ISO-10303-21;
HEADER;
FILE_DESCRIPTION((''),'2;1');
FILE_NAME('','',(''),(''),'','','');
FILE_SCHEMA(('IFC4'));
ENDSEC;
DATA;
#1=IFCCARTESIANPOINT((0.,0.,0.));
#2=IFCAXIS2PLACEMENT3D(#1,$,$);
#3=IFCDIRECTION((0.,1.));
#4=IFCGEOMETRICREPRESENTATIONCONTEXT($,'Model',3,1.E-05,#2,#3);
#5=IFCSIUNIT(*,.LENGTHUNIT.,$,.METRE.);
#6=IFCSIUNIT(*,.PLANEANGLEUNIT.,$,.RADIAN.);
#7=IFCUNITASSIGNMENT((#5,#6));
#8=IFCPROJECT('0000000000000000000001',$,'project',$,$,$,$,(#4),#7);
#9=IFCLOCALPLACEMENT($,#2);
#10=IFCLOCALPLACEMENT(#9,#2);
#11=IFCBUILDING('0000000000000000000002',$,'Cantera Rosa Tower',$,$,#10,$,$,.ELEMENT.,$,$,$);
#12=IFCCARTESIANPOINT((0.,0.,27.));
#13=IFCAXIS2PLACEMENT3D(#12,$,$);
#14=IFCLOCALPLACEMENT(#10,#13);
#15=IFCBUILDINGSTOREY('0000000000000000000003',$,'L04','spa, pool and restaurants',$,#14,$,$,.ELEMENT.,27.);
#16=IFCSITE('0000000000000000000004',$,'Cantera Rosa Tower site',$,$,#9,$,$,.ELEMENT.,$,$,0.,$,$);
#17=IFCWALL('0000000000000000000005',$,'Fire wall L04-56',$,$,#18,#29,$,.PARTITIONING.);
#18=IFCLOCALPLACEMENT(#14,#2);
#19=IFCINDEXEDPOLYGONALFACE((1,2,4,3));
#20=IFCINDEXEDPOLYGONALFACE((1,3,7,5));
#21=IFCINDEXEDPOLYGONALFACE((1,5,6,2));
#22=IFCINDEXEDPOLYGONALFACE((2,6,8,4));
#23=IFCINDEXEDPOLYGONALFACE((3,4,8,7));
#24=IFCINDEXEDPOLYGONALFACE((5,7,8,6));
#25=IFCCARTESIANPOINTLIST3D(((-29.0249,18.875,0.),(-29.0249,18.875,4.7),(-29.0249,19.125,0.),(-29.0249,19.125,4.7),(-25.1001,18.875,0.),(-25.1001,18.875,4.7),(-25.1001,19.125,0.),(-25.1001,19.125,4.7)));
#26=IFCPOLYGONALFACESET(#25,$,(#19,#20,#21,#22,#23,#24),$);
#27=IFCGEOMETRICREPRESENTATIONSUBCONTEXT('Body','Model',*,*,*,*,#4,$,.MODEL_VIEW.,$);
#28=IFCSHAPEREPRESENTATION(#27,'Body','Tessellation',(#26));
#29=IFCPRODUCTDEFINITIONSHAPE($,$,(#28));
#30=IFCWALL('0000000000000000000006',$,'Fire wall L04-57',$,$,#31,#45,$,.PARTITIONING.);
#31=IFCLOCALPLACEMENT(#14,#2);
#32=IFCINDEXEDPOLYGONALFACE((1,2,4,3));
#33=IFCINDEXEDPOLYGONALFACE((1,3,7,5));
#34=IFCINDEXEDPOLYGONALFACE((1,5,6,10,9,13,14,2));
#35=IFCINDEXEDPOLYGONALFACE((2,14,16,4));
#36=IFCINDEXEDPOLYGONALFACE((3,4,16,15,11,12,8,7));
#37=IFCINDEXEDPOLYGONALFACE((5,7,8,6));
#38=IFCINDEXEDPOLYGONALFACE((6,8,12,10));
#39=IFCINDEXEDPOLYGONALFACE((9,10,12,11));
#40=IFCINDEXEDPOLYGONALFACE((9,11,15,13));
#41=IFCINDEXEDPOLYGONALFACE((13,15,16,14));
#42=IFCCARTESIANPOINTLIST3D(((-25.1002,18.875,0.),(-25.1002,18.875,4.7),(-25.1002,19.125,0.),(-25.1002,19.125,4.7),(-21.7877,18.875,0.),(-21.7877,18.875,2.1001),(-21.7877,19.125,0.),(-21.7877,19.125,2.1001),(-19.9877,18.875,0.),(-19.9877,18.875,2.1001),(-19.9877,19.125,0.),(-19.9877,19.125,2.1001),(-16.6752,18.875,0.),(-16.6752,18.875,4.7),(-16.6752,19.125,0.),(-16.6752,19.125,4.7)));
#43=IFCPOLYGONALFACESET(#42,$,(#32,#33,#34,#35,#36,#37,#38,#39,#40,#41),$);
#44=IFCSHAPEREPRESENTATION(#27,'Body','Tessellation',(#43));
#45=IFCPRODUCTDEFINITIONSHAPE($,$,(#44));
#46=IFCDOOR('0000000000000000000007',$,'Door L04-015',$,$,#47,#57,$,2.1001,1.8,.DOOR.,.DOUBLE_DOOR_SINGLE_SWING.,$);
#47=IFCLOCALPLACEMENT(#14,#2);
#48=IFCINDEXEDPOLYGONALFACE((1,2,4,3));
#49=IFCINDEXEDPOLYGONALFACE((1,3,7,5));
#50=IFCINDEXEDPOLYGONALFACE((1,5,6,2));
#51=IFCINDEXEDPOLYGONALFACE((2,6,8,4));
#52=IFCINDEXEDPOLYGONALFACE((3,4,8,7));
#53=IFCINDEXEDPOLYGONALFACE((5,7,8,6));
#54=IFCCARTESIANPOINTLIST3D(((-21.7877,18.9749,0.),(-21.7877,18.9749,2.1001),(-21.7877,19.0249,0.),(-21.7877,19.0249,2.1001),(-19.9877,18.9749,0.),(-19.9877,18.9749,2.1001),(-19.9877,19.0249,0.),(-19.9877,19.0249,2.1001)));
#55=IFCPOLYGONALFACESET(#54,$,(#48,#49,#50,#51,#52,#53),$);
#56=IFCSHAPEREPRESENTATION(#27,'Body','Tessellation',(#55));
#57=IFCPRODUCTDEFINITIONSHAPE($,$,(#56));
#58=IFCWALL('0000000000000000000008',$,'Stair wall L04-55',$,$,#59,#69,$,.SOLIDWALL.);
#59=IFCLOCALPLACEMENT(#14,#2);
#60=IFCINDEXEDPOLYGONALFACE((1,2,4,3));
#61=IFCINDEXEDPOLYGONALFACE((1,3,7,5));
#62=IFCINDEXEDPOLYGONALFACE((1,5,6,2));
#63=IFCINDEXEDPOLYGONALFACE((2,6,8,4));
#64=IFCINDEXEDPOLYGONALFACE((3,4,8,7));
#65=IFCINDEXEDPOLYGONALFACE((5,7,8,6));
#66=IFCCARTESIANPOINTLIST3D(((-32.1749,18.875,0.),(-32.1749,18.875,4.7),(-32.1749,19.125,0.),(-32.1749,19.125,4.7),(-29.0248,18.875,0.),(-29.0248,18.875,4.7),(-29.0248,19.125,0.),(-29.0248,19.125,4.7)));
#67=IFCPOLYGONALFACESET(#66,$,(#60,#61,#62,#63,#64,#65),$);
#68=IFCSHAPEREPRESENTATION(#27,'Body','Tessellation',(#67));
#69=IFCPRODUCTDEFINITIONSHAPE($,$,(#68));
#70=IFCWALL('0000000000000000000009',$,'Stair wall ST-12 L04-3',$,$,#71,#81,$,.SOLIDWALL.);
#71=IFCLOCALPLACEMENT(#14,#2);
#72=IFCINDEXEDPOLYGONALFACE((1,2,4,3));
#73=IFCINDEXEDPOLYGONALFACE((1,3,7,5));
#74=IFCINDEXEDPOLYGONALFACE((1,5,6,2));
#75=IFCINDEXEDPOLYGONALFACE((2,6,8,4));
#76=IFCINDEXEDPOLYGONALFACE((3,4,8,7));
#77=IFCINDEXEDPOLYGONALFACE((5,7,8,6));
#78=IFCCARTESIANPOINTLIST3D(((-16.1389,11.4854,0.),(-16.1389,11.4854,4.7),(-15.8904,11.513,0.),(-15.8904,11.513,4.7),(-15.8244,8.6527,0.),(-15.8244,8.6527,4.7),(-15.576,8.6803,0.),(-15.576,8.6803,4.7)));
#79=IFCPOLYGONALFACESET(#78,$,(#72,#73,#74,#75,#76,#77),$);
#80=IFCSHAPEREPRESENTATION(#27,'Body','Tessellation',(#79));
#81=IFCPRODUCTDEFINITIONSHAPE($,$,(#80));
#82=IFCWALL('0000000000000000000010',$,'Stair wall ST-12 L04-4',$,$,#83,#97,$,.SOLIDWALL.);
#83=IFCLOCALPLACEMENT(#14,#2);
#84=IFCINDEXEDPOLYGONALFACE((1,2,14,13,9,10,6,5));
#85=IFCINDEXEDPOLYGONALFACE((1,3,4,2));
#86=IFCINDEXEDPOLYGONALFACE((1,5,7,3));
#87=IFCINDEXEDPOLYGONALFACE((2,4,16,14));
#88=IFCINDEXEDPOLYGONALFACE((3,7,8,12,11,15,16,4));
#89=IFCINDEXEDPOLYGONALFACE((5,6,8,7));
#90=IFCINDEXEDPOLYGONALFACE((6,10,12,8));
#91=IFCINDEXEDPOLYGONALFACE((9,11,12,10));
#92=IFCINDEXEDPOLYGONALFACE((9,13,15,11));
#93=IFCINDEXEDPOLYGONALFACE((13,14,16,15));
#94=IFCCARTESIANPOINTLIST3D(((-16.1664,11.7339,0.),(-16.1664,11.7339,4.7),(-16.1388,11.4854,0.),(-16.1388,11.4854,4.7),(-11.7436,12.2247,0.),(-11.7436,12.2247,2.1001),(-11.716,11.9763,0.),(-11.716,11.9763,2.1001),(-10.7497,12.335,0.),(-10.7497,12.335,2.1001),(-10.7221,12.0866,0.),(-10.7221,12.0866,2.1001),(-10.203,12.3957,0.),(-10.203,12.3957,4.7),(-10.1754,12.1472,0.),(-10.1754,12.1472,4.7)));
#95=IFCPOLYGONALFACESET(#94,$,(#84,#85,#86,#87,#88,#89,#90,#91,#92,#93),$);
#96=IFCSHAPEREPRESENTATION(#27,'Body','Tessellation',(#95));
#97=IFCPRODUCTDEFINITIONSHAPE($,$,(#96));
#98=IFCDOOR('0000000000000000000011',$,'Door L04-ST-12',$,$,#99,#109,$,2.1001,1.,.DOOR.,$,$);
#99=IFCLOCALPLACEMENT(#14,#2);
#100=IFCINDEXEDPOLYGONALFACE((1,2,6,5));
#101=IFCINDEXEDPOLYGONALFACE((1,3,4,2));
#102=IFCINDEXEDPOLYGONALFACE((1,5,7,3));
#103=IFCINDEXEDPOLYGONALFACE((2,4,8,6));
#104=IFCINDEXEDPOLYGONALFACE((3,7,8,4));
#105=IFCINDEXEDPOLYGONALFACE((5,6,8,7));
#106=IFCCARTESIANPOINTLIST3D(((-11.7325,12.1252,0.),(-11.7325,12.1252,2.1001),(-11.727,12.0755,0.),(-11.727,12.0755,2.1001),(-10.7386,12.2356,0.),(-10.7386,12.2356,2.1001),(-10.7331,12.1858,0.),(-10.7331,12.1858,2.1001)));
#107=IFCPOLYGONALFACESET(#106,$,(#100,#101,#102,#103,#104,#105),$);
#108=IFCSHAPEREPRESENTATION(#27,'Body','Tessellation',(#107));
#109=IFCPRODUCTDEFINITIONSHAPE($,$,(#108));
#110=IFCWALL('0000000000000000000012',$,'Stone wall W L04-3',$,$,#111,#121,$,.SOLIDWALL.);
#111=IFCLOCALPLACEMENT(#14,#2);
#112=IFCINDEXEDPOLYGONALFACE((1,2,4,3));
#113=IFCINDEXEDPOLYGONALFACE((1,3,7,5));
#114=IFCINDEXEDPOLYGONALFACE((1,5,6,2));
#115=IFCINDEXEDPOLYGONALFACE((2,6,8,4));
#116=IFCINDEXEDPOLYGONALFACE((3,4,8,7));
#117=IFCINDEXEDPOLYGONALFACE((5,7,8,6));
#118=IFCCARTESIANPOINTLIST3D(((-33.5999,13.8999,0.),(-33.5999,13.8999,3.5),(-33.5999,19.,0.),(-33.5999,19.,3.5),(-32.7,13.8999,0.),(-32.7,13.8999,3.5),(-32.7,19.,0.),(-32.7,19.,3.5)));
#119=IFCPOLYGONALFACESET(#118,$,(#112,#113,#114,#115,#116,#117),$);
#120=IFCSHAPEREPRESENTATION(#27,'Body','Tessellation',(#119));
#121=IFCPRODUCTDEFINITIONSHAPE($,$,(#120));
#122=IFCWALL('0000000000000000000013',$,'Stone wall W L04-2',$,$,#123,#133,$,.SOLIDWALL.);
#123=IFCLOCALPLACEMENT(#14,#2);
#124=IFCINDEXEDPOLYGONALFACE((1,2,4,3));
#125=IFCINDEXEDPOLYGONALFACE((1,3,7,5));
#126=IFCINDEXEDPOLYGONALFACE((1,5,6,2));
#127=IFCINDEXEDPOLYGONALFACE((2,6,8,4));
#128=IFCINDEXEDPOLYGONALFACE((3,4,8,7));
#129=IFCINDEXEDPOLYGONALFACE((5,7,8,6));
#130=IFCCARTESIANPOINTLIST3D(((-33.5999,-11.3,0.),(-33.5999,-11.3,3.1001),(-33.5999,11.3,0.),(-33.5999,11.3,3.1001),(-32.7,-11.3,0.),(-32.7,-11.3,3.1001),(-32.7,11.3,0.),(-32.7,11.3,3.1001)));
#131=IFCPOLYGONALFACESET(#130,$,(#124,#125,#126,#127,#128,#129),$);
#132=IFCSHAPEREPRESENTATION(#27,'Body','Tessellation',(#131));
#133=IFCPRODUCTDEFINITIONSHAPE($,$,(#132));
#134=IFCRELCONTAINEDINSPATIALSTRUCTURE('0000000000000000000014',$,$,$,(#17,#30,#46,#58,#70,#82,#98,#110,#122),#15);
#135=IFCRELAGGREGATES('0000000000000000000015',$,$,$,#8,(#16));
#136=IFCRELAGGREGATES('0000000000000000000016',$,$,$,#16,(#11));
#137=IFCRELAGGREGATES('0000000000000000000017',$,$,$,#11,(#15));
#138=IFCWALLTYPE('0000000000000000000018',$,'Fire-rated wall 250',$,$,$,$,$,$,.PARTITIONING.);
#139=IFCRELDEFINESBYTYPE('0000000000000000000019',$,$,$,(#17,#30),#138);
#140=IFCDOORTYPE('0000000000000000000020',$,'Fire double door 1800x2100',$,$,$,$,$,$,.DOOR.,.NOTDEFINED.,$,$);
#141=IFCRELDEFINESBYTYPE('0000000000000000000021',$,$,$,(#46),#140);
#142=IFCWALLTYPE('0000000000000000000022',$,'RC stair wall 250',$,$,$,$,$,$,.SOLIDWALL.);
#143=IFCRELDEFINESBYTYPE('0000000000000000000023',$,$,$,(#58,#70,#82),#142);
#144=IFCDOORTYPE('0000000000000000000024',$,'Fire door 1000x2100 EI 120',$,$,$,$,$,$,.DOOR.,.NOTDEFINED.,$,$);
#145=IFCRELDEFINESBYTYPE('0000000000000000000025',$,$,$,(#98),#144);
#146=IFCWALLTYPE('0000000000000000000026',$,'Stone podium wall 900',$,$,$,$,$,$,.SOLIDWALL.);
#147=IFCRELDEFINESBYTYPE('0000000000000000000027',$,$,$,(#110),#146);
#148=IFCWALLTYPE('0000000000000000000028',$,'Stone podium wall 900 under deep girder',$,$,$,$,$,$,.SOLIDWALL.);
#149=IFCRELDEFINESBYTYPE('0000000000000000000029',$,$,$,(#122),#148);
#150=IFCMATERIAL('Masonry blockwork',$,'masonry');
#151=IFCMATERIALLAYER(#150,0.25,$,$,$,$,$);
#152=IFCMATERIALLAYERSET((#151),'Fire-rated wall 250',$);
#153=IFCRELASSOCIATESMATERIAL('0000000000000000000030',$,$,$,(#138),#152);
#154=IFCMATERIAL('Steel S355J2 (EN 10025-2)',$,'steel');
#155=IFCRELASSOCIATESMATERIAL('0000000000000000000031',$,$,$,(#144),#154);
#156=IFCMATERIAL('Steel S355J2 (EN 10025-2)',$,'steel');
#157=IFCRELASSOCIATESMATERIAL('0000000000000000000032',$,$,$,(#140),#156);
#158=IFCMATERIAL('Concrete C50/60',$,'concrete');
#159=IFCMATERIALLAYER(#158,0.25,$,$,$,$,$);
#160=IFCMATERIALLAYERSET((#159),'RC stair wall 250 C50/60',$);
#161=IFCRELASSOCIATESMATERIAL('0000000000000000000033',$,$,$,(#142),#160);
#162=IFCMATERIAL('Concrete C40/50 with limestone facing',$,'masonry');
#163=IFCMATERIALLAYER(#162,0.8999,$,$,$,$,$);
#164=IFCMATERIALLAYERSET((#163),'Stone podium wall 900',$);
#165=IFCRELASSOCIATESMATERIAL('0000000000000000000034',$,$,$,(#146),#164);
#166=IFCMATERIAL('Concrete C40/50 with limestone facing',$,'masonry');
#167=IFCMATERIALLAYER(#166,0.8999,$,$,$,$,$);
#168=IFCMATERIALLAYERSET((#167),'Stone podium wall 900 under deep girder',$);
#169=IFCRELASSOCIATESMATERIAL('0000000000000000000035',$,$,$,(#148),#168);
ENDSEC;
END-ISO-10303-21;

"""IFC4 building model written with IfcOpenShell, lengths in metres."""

from ifc_helpers import new_model, si_unit, direction, frame, frame_2d, origin, place, context, subcontext, project, spatial, rectangle, extrude, material, layer, layer_set, type_object, element, fill, save


model = new_model("IFC4")

# Units and contexts
model_context = context("Model", 3, precision=1e-05, world=origin(), true_north=direction((0.0, 1.0)))
body_context = subcontext(model_context, "Body", "Model", "MODEL_VIEW")
ifc_project = project(units=[si_unit("LENGTHUNIT", "METRE"), si_unit("PLANEANGLEUNIT", "RADIAN")], contexts=[model_context])

# Site, building, storey
site_placement = place(None, origin())
site = spatial("IfcSite", under=ifc_project, at=site_placement, Name="Cantera Rosa Tower site", CompositionType="ELEMENT", RefElevation=0.0)
building_placement = place(site_placement, origin())
building = spatial("IfcBuilding", under=site, at=building_placement, Name="Cantera Rosa Tower", CompositionType="ELEMENT")
storey_placement = place(building_placement, frame((0.0, 0.0, 27.0)))
storey = spatial("IfcBuildingStorey", under=building, at=storey_placement, Name="L04", Description="spa, pool and restaurants", CompositionType="ELEMENT", Elevation=27.0)

# Shared definitions
ifc_material_1 = material(Name="Masonry blockwork", Category="masonry")
ifc_layer_1 = layer(ifc_material_1, 0.25)
ifc_layer_set_1 = layer_set([ifc_layer_1], Name="Fire-rated wall 250")
wall_type_1 = type_object("IfcWallType", Name="Fire-rated wall 250", PredefinedType="PARTITIONING", material=ifc_layer_set_1)

# Shared definitions
ifc_material_2 = material(Name="Steel S355J2 (EN 10025-2)", Category="steel")
door_type_1 = type_object("IfcDoorType", Name="Fire door 1000x2100 EI 120", OperationType="NOTDEFINED", PredefinedType="DOOR", material=ifc_material_2)

# Wall
wall_1_placement = place(storey_placement, frame((-29.0249, 19.0, 0.0), z_axis=(0.0, 0.0, 1.0), x_axis=(1.0, 0.0, 0.0)))
element("IfcWall", 1, at=wall_1_placement, inside=storey, type_object=wall_type_1, Name="Fire wall L04-56", PredefinedType="PARTITIONING", context=body_context, shape_type="SweptSolid", body=[
    extrude(rectangle(XDim=3.9248, YDim=0.25, at=frame_2d((1.9624, 0.0))), origin(), (0.0, 0.0, 1.0), 4.7),
])

# Wall, opening, door
wall_2_placement = place(storey_placement, frame((-25.1001, 19.0, 0.0), z_axis=(0.0, 0.0, 1.0), x_axis=(1.0, 0.0, 0.0)))
wall_2 = element("IfcWall", 2, at=wall_2_placement, inside=storey, type_object=wall_type_1, Name="Fire wall L04-57", PredefinedType="PARTITIONING", context=body_context, shape_type="SweptSolid", body=[
    extrude(rectangle(XDim=8.425, YDim=0.25, at=frame_2d((4.2124, 0.0))), origin(), (0.0, 0.0, 1.0), 4.7),
])
opening_1_placement = place(wall_2_placement, frame((3.3125, 0.0, 0.0)))
opening_1 = element("IfcOpeningElement", 3, at=opening_1_placement, cuts=wall_2, PredefinedType="OPENING", context=body_context, shape_type="SweptSolid", body=[
    extrude(rectangle(XDim=1.8, YDim=2.1001, at=frame_2d((0.8999, 1.05))), frame((0.0, 0.135, 0.0), z_axis=(0.0, -1.0, 0.0), x_axis=(1.0, 0.0, 0.0)), (0.0, 0.0, 1.0), 0.27),
])
ifc_material_3 = material(Name="Steel S355J2 (EN 10025-2)", Category="steel")
door_type_2 = type_object("IfcDoorType", Name="Fire double door 1800x2100", OperationType="NOTDEFINED", PredefinedType="DOOR", material=ifc_material_3)
door_1_placement = place(opening_1_placement, origin())
door_1 = element("IfcDoor", 4, at=door_1_placement, inside=storey, type_object=door_type_2, Name="Door L04-015", OperationType="DOUBLE_DOOR_SINGLE_SWING", OverallHeight=2.1001, OverallWidth=1.8, PredefinedType="DOOR", context=body_context, shape_type="SweptSolid", body=[
    extrude(rectangle(XDim=1.8, YDim=2.1001, at=frame_2d((0.8999, 1.05))), frame((0.0, 0.0249, 0.0), z_axis=(0.0, -1.0, 0.0), x_axis=(1.0, 0.0, 0.0)), (0.0, 0.0, 1.0), 0.05),
])
fill(opening_1, door_1)

# Walls
ifc_material_4 = material(Name="Concrete C50/60", Category="concrete")
ifc_layer_2 = layer(ifc_material_4, 0.25)
ifc_layer_set_2 = layer_set([ifc_layer_2], Name="RC stair wall 250 C50/60")
wall_type_2 = type_object("IfcWallType", Name="RC stair wall 250", PredefinedType="SOLIDWALL", material=ifc_layer_set_2)
wall_3_placement = place(storey_placement, frame((-32.175, 19.0, 0.0), z_axis=(0.0, 0.0, 1.0), x_axis=(1.0, 0.0, 0.0)))
element("IfcWall", 5, at=wall_3_placement, inside=storey, type_object=wall_type_2, Name="Stair wall L04-55", PredefinedType="SOLIDWALL", context=body_context, shape_type="SweptSolid", body=[
    extrude(rectangle(XDim=3.1501, YDim=0.25, at=frame_2d((1.5752, 0.0))), origin(), (0.0, 0.0, 1.0), 4.7),
])
wall_4_placement = place(storey_placement, frame((-15.7002, 8.6665, 0.0), z_axis=(0.0, 0.0, 1.0), x_axis=(-0.110328, 0.993895, 0.0)))
element("IfcWall", 6, at=wall_4_placement, inside=storey, type_object=wall_type_2, Name="Stair wall ST-12 L04-3", PredefinedType="SOLIDWALL", context=body_context, shape_type="SweptSolid", body=[
    extrude(rectangle(XDim=2.8501, YDim=0.25, at=frame_2d((1.425, 0.0))), origin(), (0.0, 0.0, 1.0), 4.7),
])

# Wall, opening, door
wall_5_placement = place(storey_placement, frame((-16.1526, 11.6096, 0.0), z_axis=(0.0, 0.0, 1.0), x_axis=(0.993897, 0.110311, 0.0)))
wall_5 = element("IfcWall", 7, at=wall_5_placement, inside=storey, type_object=wall_type_2, Name="Stair wall ST-12 L04-4", PredefinedType="SOLIDWALL", context=body_context, shape_type="SweptSolid", body=[
    extrude(rectangle(XDim=6.0, YDim=0.25, at=frame_2d((3.0, 0.0))), origin(), (0.0, 0.0, 1.0), 4.7),
])
opening_2_placement = place(wall_5_placement, frame((4.45, 0.0, 0.0)))
opening_2 = element("IfcOpeningElement", 8, at=opening_2_placement, cuts=wall_5, PredefinedType="OPENING", context=body_context, shape_type="SweptSolid", body=[
    extrude(rectangle(XDim=1.0, YDim=2.1001, at=frame_2d((0.5, 1.05))), frame((0.0, 0.135, 0.0), z_axis=(0.0, -1.0, 0.0), x_axis=(1.0, 0.0, 0.0)), (0.0, 0.0, 1.0), 0.27),
])
door_2_placement = place(opening_2_placement, origin())
door_2 = element("IfcDoor", 9, at=door_2_placement, inside=storey, type_object=door_type_1, Name="Door L04-ST-12", OverallHeight=2.1001, OverallWidth=1.0, PredefinedType="DOOR", context=body_context, shape_type="SweptSolid", body=[
    extrude(rectangle(XDim=1.0, YDim=2.1001, at=frame_2d((0.5, 1.05))), frame((0.0, 0.0249, 0.0), z_axis=(0.0, -1.0, 0.0), x_axis=(1.0, 0.0, 0.0)), (0.0, 0.0, 1.0), 0.05),
])
fill(opening_2, door_2)

# Walls
ifc_material_5 = material(Name="Concrete C40/50 with limestone facing", Category="masonry")
ifc_layer_3 = layer(ifc_material_5, 0.8999)
ifc_layer_set_3 = layer_set([ifc_layer_3], Name="Stone podium wall 900")
wall_type_3 = type_object("IfcWallType", Name="Stone podium wall 900", PredefinedType="SOLIDWALL", material=ifc_layer_set_3)
wall_6_placement = place(storey_placement, frame((-33.1499, 19.0, 0.0), z_axis=(0.0, 0.0, 1.0), x_axis=(0.0, -1.0, 0.0)))
element("IfcWall", 10, at=wall_6_placement, inside=storey, type_object=wall_type_3, Name="Stone wall W L04-3", PredefinedType="SOLIDWALL", context=body_context, shape_type="SweptSolid", body=[
    extrude(rectangle(XDim=5.1001, YDim=0.8999, at=frame_2d((2.55, 0.0))), origin(), (0.0, 0.0, 1.0), 3.5),
])
ifc_material_6 = material(Name="Concrete C40/50 with limestone facing", Category="masonry")
ifc_layer_4 = layer(ifc_material_6, 0.8999)
ifc_layer_set_4 = layer_set([ifc_layer_4], Name="Stone podium wall 900 under deep girder")
wall_type_4 = type_object("IfcWallType", Name="Stone podium wall 900 under deep girder", PredefinedType="SOLIDWALL", material=ifc_layer_set_4)
wall_7_placement = place(storey_placement, frame((-33.1499, 11.3, 0.0), z_axis=(0.0, 0.0, 1.0), x_axis=(0.0, -1.0, 0.0)))
element("IfcWall", 11, at=wall_7_placement, inside=storey, type_object=wall_type_4, Name="Stone wall W L04-2", PredefinedType="SOLIDWALL", context=body_context, shape_type="SweptSolid", body=[
    extrude(rectangle(XDim=22.6001, YDim=0.8999, at=frame_2d((11.3, 0.0))), origin(), (0.0, 0.0, 1.0), 3.1001),
])

save(model, "model.ifc")
